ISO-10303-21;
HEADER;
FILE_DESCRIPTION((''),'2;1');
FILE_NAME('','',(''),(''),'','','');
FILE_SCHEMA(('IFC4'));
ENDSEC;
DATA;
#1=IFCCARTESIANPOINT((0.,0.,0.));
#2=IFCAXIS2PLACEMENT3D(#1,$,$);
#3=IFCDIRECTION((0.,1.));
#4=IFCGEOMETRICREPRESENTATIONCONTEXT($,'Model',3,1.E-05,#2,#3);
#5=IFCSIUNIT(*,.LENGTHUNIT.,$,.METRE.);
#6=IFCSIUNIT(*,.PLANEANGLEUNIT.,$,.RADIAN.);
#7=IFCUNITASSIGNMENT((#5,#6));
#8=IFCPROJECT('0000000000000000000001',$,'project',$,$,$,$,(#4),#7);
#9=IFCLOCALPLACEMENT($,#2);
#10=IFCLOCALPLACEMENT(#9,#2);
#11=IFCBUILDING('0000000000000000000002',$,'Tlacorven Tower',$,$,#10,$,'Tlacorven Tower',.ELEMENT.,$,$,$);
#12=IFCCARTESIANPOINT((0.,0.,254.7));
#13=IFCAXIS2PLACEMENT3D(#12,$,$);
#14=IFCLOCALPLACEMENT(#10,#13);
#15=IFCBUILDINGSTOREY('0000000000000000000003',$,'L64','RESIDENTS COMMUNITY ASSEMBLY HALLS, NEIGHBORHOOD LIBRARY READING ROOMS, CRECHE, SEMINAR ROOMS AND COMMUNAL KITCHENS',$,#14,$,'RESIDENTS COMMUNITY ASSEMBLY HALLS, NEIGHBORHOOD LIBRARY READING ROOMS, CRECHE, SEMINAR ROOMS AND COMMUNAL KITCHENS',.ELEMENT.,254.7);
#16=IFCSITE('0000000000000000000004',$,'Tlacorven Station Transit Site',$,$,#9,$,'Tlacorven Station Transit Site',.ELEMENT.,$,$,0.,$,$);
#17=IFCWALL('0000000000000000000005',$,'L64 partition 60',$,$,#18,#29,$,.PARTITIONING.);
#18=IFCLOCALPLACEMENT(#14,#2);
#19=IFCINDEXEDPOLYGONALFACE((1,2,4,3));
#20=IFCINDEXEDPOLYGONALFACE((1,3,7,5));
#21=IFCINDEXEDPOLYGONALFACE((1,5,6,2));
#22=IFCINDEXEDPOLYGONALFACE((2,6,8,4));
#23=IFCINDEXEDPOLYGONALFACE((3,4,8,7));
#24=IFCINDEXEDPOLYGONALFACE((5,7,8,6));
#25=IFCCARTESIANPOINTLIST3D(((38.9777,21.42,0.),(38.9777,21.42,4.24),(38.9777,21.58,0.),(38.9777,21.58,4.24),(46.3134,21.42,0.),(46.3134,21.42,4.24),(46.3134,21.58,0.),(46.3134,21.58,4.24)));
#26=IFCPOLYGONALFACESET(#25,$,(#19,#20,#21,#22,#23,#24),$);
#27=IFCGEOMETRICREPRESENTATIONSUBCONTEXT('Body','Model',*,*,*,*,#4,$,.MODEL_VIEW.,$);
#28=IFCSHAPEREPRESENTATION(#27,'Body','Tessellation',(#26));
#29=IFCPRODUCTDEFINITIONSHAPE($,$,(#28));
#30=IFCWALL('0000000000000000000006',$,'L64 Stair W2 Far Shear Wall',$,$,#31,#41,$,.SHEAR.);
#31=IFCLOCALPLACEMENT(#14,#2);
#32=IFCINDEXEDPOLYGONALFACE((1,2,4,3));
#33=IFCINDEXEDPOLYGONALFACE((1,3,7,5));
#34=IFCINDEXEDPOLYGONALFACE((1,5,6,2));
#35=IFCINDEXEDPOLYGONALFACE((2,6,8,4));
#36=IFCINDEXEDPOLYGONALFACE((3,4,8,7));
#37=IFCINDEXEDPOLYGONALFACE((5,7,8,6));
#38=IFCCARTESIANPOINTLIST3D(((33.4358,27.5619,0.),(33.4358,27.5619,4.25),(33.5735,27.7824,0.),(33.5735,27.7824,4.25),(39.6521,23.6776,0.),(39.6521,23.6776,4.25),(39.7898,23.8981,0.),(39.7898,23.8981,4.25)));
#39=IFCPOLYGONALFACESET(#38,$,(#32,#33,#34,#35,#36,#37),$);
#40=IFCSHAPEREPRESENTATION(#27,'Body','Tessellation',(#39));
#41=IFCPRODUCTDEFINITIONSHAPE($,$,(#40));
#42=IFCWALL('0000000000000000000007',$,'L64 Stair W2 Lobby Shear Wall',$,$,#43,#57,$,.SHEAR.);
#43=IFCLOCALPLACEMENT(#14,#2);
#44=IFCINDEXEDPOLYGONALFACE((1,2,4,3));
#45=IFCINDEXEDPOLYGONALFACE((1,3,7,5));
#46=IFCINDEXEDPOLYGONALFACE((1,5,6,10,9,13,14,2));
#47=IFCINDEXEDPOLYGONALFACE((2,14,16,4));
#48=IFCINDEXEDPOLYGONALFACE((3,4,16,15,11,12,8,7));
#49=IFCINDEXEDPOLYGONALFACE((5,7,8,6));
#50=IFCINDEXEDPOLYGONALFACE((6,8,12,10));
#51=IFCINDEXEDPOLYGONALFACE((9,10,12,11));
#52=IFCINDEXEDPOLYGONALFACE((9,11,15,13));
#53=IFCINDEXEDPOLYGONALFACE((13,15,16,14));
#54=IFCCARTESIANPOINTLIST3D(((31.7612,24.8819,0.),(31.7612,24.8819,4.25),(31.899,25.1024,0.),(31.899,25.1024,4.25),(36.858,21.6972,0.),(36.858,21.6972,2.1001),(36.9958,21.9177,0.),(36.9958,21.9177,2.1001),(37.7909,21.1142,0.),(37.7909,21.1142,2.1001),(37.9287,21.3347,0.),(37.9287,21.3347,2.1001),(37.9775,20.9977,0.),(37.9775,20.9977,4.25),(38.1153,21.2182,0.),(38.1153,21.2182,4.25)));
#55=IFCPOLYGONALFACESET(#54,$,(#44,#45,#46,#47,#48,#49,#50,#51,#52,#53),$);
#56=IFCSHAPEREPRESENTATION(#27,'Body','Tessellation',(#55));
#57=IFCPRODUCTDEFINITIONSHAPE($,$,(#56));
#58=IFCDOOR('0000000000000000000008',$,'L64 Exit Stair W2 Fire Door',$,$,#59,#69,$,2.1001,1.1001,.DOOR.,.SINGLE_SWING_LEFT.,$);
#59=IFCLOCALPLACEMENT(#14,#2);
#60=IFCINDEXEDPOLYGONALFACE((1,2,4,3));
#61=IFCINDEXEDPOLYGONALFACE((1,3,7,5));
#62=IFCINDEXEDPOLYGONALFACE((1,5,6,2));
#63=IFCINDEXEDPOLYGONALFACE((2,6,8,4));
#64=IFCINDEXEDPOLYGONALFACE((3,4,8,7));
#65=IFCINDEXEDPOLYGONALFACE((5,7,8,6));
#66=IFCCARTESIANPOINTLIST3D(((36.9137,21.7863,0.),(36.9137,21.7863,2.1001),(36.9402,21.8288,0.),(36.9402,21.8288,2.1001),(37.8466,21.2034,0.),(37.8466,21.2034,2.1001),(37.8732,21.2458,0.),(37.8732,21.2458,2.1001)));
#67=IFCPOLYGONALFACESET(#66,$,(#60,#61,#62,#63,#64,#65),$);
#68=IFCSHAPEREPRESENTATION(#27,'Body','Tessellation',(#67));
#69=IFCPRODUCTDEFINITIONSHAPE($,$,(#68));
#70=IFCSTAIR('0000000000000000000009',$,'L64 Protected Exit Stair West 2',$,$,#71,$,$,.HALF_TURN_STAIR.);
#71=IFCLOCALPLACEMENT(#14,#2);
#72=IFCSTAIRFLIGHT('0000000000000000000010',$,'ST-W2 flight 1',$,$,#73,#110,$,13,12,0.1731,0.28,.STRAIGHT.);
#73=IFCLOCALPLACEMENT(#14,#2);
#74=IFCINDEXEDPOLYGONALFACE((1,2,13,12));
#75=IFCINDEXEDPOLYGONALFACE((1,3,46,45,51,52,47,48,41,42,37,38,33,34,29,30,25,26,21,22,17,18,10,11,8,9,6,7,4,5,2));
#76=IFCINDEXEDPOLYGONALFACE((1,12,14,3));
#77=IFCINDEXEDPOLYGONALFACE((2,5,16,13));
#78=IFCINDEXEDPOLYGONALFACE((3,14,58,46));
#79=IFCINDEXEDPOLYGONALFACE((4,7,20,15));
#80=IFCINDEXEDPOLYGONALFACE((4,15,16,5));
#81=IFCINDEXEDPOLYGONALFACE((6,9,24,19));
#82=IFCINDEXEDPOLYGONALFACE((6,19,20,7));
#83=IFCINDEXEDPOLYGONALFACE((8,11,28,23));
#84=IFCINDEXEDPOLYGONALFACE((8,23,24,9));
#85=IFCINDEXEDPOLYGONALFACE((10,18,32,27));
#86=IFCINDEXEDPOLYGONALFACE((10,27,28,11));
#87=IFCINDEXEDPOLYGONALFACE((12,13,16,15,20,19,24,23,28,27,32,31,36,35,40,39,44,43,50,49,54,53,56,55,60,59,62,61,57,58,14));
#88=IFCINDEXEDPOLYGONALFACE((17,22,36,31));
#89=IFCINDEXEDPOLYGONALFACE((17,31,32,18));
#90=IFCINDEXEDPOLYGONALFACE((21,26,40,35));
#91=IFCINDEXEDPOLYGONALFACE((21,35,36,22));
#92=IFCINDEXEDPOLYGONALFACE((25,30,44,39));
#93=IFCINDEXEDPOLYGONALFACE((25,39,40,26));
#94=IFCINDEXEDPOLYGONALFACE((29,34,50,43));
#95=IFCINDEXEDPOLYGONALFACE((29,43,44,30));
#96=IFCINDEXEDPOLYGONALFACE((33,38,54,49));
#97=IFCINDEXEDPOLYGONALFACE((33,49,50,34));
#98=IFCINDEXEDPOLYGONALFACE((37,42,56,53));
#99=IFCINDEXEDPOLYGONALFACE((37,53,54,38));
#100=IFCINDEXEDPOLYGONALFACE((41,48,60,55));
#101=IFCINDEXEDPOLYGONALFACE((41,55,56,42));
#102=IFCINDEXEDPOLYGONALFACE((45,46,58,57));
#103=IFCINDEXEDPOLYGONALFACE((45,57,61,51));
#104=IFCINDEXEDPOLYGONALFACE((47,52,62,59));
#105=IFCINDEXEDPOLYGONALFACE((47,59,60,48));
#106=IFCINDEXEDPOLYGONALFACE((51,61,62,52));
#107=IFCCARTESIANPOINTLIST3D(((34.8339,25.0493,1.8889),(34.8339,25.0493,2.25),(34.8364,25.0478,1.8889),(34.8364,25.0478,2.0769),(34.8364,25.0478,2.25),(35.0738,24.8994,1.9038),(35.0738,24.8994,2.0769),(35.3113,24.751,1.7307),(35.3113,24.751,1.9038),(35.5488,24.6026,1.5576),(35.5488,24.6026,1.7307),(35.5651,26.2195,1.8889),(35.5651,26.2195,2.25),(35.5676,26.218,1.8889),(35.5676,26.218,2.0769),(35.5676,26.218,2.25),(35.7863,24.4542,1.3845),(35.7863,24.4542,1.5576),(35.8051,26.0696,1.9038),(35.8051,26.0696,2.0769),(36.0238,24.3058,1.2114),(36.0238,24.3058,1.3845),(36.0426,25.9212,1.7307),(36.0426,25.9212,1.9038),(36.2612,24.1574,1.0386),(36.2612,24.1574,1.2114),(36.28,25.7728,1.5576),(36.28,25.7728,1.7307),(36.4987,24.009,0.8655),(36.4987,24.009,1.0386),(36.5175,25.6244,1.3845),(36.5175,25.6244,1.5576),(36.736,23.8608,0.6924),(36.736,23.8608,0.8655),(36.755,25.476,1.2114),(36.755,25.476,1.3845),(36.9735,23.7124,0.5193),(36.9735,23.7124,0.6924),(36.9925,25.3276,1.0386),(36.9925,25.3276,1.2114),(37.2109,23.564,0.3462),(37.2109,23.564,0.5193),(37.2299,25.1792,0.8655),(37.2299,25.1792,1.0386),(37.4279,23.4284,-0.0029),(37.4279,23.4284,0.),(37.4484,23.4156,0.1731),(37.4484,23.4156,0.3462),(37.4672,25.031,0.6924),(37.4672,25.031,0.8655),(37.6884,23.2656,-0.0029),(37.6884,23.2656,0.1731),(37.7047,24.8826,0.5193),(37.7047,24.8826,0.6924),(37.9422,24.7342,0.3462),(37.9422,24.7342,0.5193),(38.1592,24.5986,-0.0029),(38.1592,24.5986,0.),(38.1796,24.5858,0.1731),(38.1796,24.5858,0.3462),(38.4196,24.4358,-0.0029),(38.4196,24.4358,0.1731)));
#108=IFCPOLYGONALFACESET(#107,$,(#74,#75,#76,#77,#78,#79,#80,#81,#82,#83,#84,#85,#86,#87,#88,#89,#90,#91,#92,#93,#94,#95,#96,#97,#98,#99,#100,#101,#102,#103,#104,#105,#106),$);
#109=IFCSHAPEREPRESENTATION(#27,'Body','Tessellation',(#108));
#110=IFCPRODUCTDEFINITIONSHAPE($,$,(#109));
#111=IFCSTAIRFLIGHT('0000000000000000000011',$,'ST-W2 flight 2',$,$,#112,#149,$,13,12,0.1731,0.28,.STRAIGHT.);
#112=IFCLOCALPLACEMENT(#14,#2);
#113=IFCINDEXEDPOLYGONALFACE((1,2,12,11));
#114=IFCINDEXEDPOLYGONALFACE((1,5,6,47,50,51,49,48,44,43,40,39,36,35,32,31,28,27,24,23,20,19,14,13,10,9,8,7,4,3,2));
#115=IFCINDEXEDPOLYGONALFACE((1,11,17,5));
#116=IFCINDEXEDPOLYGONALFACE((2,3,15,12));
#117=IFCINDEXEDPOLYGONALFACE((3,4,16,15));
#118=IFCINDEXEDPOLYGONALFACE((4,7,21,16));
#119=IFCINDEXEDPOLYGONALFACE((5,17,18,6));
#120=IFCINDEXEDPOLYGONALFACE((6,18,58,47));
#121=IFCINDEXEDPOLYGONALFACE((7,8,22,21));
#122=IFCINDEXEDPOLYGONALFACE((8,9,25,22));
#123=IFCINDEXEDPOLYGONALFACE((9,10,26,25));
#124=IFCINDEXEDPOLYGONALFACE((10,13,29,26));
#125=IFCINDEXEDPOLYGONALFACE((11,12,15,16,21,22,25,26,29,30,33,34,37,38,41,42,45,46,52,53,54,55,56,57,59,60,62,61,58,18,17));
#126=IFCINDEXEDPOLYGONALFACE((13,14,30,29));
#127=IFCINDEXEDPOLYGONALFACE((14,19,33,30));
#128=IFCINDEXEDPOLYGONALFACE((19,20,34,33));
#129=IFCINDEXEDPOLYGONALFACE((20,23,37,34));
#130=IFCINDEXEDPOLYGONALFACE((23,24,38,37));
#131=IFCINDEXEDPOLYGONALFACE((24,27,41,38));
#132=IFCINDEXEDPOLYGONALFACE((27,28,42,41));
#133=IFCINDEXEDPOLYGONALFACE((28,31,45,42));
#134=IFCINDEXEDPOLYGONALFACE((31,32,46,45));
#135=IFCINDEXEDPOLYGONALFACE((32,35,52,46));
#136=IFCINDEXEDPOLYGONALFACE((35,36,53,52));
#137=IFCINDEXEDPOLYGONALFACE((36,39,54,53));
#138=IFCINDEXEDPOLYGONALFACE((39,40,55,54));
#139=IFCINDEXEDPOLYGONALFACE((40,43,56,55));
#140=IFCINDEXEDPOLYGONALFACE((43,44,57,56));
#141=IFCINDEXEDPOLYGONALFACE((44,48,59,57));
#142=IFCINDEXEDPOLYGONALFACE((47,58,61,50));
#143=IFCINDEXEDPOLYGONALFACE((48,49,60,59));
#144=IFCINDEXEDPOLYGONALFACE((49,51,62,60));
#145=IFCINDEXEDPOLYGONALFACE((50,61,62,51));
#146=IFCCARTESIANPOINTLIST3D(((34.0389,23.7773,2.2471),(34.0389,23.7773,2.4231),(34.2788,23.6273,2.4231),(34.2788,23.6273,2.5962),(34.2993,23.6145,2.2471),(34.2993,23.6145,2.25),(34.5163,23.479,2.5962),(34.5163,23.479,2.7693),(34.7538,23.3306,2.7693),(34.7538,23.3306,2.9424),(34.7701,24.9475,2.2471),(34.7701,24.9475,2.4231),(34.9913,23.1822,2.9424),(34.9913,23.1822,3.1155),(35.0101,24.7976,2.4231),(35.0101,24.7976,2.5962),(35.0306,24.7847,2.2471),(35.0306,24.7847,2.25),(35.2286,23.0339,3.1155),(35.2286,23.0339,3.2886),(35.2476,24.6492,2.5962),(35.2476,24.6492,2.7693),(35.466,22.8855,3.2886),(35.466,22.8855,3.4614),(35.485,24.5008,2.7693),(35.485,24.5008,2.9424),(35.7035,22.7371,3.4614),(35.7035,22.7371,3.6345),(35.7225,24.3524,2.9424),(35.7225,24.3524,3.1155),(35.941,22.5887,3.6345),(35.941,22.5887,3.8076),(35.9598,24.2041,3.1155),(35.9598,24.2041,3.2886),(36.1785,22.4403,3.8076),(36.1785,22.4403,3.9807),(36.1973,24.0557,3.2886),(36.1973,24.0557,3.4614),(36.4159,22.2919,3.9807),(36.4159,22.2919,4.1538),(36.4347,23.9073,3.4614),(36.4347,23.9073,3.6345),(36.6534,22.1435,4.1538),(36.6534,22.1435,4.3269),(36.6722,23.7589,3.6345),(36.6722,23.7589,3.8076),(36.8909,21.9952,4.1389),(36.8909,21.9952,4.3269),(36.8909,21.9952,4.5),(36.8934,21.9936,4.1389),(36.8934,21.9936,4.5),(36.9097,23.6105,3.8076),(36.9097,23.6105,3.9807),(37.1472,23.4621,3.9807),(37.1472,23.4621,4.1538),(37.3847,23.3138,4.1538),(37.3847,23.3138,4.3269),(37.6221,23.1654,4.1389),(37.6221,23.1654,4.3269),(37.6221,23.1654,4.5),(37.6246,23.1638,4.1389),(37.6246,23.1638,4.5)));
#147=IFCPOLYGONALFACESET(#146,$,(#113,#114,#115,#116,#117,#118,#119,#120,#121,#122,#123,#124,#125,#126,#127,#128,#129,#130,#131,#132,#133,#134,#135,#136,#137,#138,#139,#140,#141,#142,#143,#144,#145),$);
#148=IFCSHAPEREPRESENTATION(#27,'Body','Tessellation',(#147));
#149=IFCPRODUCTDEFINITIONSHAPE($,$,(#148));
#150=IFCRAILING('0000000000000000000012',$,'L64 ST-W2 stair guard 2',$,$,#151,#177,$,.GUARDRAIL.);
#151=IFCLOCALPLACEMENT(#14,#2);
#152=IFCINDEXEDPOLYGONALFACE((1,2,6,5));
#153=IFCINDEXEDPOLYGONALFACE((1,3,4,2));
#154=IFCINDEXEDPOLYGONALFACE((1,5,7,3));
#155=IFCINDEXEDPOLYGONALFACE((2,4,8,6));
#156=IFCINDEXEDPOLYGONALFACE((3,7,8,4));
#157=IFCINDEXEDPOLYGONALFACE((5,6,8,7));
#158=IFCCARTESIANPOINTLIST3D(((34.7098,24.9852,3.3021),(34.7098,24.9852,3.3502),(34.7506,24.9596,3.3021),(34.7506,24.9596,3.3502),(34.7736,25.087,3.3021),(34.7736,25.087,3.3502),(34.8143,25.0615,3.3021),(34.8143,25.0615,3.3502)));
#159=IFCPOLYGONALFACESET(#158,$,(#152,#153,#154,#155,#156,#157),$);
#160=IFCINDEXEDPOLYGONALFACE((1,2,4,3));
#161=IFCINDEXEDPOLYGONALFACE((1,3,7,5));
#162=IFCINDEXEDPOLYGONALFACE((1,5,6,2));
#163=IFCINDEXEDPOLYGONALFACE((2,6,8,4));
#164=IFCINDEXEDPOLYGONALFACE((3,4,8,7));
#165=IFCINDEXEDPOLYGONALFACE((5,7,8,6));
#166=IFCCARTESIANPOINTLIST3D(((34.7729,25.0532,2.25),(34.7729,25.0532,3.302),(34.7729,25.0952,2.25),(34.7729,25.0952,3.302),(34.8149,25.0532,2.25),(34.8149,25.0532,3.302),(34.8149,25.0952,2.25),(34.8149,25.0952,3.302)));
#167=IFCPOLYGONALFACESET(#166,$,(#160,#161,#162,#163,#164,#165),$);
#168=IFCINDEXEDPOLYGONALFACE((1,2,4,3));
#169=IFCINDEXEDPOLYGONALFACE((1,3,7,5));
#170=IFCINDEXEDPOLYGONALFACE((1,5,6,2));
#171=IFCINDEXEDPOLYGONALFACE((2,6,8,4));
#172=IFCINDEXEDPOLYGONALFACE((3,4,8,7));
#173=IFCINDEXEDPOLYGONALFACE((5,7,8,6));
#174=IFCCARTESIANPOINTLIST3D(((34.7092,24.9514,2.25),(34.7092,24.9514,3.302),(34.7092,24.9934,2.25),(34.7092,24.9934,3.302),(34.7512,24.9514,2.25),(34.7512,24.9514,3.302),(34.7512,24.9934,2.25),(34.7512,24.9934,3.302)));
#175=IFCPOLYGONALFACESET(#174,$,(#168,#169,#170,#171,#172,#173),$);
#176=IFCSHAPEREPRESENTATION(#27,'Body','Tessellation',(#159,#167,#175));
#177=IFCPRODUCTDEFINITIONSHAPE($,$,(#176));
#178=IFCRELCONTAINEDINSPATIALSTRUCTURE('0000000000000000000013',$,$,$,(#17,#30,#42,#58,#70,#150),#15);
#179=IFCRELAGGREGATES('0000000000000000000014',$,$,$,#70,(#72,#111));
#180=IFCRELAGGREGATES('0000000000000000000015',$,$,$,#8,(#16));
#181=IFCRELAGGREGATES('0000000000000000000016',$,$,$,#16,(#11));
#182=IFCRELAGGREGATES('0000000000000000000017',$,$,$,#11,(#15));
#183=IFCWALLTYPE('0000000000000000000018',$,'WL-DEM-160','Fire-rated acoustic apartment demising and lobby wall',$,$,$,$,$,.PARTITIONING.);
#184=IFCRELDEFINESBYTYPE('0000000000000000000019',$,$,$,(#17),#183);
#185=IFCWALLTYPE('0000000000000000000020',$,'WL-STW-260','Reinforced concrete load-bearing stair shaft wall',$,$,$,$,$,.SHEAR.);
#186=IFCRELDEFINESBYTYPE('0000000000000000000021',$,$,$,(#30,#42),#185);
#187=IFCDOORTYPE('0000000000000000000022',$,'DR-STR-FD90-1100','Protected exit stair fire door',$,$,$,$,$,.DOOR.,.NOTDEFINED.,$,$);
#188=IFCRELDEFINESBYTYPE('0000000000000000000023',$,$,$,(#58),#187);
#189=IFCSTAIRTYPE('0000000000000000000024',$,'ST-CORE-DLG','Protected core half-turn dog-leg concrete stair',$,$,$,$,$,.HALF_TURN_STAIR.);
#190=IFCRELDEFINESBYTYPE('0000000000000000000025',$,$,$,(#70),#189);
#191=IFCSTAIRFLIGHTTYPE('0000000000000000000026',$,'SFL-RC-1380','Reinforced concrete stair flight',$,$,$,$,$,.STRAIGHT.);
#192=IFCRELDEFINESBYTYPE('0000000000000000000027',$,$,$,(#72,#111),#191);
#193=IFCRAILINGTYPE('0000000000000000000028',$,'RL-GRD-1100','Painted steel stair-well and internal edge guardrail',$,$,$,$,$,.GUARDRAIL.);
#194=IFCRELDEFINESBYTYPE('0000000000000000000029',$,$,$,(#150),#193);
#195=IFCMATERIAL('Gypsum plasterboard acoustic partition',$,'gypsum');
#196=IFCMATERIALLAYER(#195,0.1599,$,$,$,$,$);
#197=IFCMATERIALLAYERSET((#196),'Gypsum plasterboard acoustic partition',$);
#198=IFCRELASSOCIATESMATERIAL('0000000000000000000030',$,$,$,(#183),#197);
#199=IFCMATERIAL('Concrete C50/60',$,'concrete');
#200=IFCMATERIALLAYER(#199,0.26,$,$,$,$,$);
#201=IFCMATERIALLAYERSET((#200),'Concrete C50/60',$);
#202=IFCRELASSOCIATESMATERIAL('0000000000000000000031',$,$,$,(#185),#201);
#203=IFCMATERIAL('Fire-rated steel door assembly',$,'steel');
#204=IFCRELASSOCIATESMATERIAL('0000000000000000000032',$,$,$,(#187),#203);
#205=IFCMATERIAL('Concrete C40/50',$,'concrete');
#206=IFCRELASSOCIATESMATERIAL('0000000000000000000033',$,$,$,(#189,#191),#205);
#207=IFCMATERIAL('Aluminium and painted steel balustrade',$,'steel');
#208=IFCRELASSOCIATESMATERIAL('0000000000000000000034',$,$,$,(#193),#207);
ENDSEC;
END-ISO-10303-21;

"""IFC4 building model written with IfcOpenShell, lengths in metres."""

from ifc_helpers import new_model, si_unit, direction, frame, frame_2d, origin, origin_2d, place, context, subcontext, project, spatial, polyline, rectangle, outline, extrude, source, transform, mapped, material, layer, layer_set, type_object, element, fill, aggregate, save


model = new_model("IFC4")

# Units and contexts
model_context = context("Model", 3, precision=1e-05, world=origin(), true_north=direction((0.0, 1.0)))
body_context = subcontext(model_context, "Body", "Model", "MODEL_VIEW")
ifc_project = project(units=[si_unit("LENGTHUNIT", "METRE"), si_unit("PLANEANGLEUNIT", "RADIAN")], contexts=[model_context])

# Site, building, storey
site_placement = place(None, origin())
site = spatial("IfcSite", under=ifc_project, at=site_placement, Name="Tlacorven Station Transit Site", LongName="Tlacorven Station Transit Site", CompositionType="ELEMENT", RefElevation=0.0)
building_placement = place(site_placement, origin())
building = spatial("IfcBuilding", under=site, at=building_placement, Name="Tlacorven Tower", LongName="Tlacorven Tower", CompositionType="ELEMENT")
storey_placement = place(building_placement, frame((0.0, 0.0, 254.7)))
storey = spatial("IfcBuildingStorey", under=building, at=storey_placement, Name="L64", Description="RESIDENTS COMMUNITY ASSEMBLY HALLS, NEIGHBORHOOD LIBRARY READING ROOMS, CRECHE, SEMINAR ROOMS AND COMMUNAL KITCHENS", LongName="RESIDENTS COMMUNITY ASSEMBLY HALLS, NEIGHBORHOOD LIBRARY READING ROOMS, CRECHE, SEMINAR ROOMS AND COMMUNAL KITCHENS", CompositionType="ELEMENT", Elevation=254.7)

# Walls
ifc_material_1 = material(Name="Concrete C50/60", Category="concrete")
ifc_material_2 = material(Name="Gypsum plasterboard acoustic partition", Category="gypsum")
ifc_layer_1 = layer(ifc_material_2, 0.1599)
ifc_layer_set_1 = layer_set([ifc_layer_1], Name="Gypsum plasterboard acoustic partition")
wall_type_1 = type_object("IfcWallType", Name="WL-DEM-160", Description="Fire-rated acoustic apartment demising and lobby wall", PredefinedType="PARTITIONING", material=ifc_layer_set_1)
wall_1_placement = place(storey_placement, frame((38.9775, 21.5, 0.0), z_axis=(0.0, 0.0, 1.0), x_axis=(1.0, 0.0, 0.0)))
element("IfcWall", 1, at=wall_1_placement, inside=storey, type_object=wall_type_1, Name="L64 partition 60", PredefinedType="PARTITIONING", context=body_context, shape_type="SweptSolid", body=[
    extrude(rectangle(XDim=7.3357, YDim=0.1599, at=frame_2d((3.668, 0.0))), origin(), (0.0, 0.0, 1.0), 4.24),
])
ifc_layer_2 = layer(ifc_material_1, 0.26)
ifc_layer_set_2 = layer_set([ifc_layer_2], Name="Concrete C50/60")
wall_type_2 = type_object("IfcWallType", Name="WL-STW-260", Description="Reinforced concrete load-bearing stair shaft wall", PredefinedType="SHEAR", material=ifc_layer_set_2)
wall_2_placement = place(storey_placement, frame((39.7209, 23.7878, 0.0), z_axis=(0.0, 0.0, 1.0), x_axis=(-0.848054, 0.529909, 0.0)))
element("IfcWall", 2, at=wall_2_placement, inside=storey, type_object=wall_type_2, Name="L64 Stair W2 Far Shear Wall", PredefinedType="SHEAR", context=body_context, shape_type="SweptSolid", body=[
    extrude(rectangle(XDim=7.3301, YDim=0.26, at=frame_2d((3.665, 0.0))), origin(), (0.0, 0.0, 1.0), 4.25),
])

# Wall, opening, door
wall_3_placement = place(storey_placement, frame((38.0464, 21.1079, 0.0), z_axis=(0.0, 0.0, 1.0), x_axis=(-0.848054, 0.529909, 0.0)))
wall_3 = element("IfcWall", 3, at=wall_3_placement, inside=storey, type_object=wall_type_2, Name="L64 Stair W2 Lobby Shear Wall", PredefinedType="SHEAR", context=body_context, shape_type="SweptSolid", body=[
    extrude(rectangle(XDim=7.3301, YDim=0.26, at=frame_2d((3.665, 0.0))), origin(), (0.0, 0.0, 1.0), 4.25),
])
opening_placement = place(wall_3_placement, frame((0.22, 0.0, 0.0)))
opening = element("IfcOpeningElement", 4, at=opening_placement, cuts=wall_3, PredefinedType="OPENING", context=body_context, shape_type="SweptSolid", body=[
    extrude(rectangle(XDim=1.1001, YDim=2.1001, at=frame_2d((0.55, 1.05))), frame((0.0, 0.1401, 0.0), z_axis=(0.0, -1.0, 0.0), x_axis=(1.0, 0.0, 0.0)), (0.0, 0.0, 1.0), 0.28),
])
ifc_material_3 = material(Name="Fire-rated steel door assembly", Category="steel")
door_type = type_object("IfcDoorType", Name="DR-STR-FD90-1100", Description="Protected exit stair fire door", OperationType="NOTDEFINED", PredefinedType="DOOR", material=ifc_material_3)
shared_shape_1 = source(origin(), body_context, "Body", "SweptSolid", [
    extrude(rectangle(XDim=1.1001, YDim=2.1001, at=frame_2d((0.55, 1.05))), frame((0.0, 0.0249, 0.0), z_axis=(0.0, -1.0, 0.0), x_axis=(1.0, 0.0, 0.0)), (0.0, 0.0, 1.0), 0.05),
])
door_placement = place(opening_placement, origin())
door = element("IfcDoor", 5, at=door_placement, inside=storey, type_object=door_type, Name="L64 Exit Stair W2 Fire Door", OperationType="SINGLE_SWING_LEFT", OverallHeight=2.1001, OverallWidth=1.1001, PredefinedType="DOOR", context=body_context, shape_type="MappedRepresentation", body=[
    mapped(shared_shape_1, transform((0.0, 0.0, 0.0), scale=1.0)),
])
fill(opening, door)

# Stair, stair flights
ifc_material_4 = material(Name="Concrete C40/50", Category="concrete")
stair_type = type_object("IfcStairType", Name="ST-CORE-DLG", Description="Protected core half-turn dog-leg concrete stair", PredefinedType="HALF_TURN_STAIR", material=ifc_material_4)
stair_placement = place(storey_placement, origin())
stair = element("IfcStair", 6, at=stair_placement, inside=storey, type_object=stair_type, Name="L64 Protected Exit Stair West 2", PredefinedType="HALF_TURN_STAIR")
stair_flight_type = type_object("IfcStairFlightType", Name="SFL-RC-1380", Description="Reinforced concrete stair flight", PredefinedType="STRAIGHT", material=ifc_material_4)
shared_shape_2 = source(origin(), body_context, "Body", "SweptSolid", [
    extrude(outline(polyline([(-0.0029, -0.0029), (-0.0029, 0.1731), (0.28, 0.1731), (0.28, 0.3462), (0.5601, 0.3462), (0.5601, 0.5193), (0.8401, 0.5193), (0.8401, 0.6924), (1.1201, 0.6924), (1.1201, 0.8655), (1.3999, 0.8655), (1.3999, 1.0386), (1.6799, 1.0386), (1.6799, 1.2114), (1.96, 1.2114), (1.96, 1.3845), (2.24, 1.3845), (2.24, 1.5576), (2.52, 1.5576), (2.52, 1.7307), (2.8, 1.7307), (2.8, 1.9038), (3.0801, 1.9038), (3.0801, 2.0769), (3.3601, 2.0769), (3.3601, 2.25), (3.363, 2.25), (3.363, 1.8889), (3.3601, 1.8889), (0.3042, 0.0), (0.3042, -0.0029), (-0.0029, -0.0029)])), frame((0.0, 0.6899, 0.0), z_axis=(0.0, -1.0, 0.0), x_axis=(1.0, 0.0, 0.0)), (0.0, 0.0, 1.0), 1.3799),
])
stair_flight_1_placement = place(storey_placement, frame((38.0515, 23.8523, 0.0), z_axis=(0.0, 0.0, 1.0), x_axis=(-0.848048, 0.529919, 0.0)))
stair_flight_1 = element("IfcStairFlight", 7, at=stair_flight_1_placement, type_object=stair_flight_type, Name="ST-W2 flight 1", NumberOfRisers=13, NumberOfTreads=12, PredefinedType="STRAIGHT", RiserHeight=0.1731, TreadLength=0.28, context=body_context, shape_type="MappedRepresentation", body=[
    mapped(shared_shape_2, transform((0.0, 0.0, 0.0), scale=1.0)),
])
stair_flight_2_placement = place(storey_placement, frame((34.407, 24.3608, 2.25), z_axis=(0.0, 0.0, 1.0), x_axis=(0.848048, -0.529919, 0.0)))
stair_flight_2 = element("IfcStairFlight", 8, at=stair_flight_2_placement, type_object=stair_flight_type, Name="ST-W2 flight 2", NumberOfRisers=13, NumberOfTreads=12, PredefinedType="STRAIGHT", RiserHeight=0.1731, TreadLength=0.28, context=body_context, shape_type="MappedRepresentation", body=[
    mapped(shared_shape_2, transform((0.0, 0.0, 0.0), scale=1.0)),
])
aggregate(stair, [stair_flight_1, stair_flight_2])

# Railing
ifc_material_5 = material(Name="Aluminium and painted steel balustrade", Category="steel")
railing_type_1 = type_object("IfcRailingType", Name="RL-GRD-1100", Description="Painted steel stair-well and internal edge guardrail", PredefinedType="GUARDRAIL", material=ifc_material_5)
shared_shape_3 = source(origin(), body_context, "Body", "SweptSolid", [
    extrude(rectangle(XDim=0.0481, YDim=0.0481, at=origin_2d()), frame((0.0, 0.0, 1.0762), z_axis=(-0.530547, -0.847656, 0.0), x_axis=(0.847656, -0.530547, 0.0)), (0.0, 0.0, 1.0), 0.1201),
    extrude(rectangle(XDim=0.042, YDim=0.042, at=origin_2d()), origin(), (0.0, 0.0, 1.0), 1.052),
    extrude(rectangle(XDim=0.042, YDim=0.042, at=origin_2d()), frame((-0.0637, -0.1018, 0.0)), (0.0, 0.0, 1.0), 1.052),
])
for number, where, name in (
    (9, (34.7939, 25.0742, 2.25), "L64 ST-W2 stair guard 2"),
):
    element("IfcRailing", number, at=place(storey_placement, frame(where)), inside=storey, type_object=railing_type_1, Name=name, PredefinedType="GUARDRAIL", context=body_context, shape_type="MappedRepresentation", body=[
        mapped(shared_shape_3, transform((0.0, 0.0, 0.0), scale=1.0)),
    ])

save(model, "model.ifc")
